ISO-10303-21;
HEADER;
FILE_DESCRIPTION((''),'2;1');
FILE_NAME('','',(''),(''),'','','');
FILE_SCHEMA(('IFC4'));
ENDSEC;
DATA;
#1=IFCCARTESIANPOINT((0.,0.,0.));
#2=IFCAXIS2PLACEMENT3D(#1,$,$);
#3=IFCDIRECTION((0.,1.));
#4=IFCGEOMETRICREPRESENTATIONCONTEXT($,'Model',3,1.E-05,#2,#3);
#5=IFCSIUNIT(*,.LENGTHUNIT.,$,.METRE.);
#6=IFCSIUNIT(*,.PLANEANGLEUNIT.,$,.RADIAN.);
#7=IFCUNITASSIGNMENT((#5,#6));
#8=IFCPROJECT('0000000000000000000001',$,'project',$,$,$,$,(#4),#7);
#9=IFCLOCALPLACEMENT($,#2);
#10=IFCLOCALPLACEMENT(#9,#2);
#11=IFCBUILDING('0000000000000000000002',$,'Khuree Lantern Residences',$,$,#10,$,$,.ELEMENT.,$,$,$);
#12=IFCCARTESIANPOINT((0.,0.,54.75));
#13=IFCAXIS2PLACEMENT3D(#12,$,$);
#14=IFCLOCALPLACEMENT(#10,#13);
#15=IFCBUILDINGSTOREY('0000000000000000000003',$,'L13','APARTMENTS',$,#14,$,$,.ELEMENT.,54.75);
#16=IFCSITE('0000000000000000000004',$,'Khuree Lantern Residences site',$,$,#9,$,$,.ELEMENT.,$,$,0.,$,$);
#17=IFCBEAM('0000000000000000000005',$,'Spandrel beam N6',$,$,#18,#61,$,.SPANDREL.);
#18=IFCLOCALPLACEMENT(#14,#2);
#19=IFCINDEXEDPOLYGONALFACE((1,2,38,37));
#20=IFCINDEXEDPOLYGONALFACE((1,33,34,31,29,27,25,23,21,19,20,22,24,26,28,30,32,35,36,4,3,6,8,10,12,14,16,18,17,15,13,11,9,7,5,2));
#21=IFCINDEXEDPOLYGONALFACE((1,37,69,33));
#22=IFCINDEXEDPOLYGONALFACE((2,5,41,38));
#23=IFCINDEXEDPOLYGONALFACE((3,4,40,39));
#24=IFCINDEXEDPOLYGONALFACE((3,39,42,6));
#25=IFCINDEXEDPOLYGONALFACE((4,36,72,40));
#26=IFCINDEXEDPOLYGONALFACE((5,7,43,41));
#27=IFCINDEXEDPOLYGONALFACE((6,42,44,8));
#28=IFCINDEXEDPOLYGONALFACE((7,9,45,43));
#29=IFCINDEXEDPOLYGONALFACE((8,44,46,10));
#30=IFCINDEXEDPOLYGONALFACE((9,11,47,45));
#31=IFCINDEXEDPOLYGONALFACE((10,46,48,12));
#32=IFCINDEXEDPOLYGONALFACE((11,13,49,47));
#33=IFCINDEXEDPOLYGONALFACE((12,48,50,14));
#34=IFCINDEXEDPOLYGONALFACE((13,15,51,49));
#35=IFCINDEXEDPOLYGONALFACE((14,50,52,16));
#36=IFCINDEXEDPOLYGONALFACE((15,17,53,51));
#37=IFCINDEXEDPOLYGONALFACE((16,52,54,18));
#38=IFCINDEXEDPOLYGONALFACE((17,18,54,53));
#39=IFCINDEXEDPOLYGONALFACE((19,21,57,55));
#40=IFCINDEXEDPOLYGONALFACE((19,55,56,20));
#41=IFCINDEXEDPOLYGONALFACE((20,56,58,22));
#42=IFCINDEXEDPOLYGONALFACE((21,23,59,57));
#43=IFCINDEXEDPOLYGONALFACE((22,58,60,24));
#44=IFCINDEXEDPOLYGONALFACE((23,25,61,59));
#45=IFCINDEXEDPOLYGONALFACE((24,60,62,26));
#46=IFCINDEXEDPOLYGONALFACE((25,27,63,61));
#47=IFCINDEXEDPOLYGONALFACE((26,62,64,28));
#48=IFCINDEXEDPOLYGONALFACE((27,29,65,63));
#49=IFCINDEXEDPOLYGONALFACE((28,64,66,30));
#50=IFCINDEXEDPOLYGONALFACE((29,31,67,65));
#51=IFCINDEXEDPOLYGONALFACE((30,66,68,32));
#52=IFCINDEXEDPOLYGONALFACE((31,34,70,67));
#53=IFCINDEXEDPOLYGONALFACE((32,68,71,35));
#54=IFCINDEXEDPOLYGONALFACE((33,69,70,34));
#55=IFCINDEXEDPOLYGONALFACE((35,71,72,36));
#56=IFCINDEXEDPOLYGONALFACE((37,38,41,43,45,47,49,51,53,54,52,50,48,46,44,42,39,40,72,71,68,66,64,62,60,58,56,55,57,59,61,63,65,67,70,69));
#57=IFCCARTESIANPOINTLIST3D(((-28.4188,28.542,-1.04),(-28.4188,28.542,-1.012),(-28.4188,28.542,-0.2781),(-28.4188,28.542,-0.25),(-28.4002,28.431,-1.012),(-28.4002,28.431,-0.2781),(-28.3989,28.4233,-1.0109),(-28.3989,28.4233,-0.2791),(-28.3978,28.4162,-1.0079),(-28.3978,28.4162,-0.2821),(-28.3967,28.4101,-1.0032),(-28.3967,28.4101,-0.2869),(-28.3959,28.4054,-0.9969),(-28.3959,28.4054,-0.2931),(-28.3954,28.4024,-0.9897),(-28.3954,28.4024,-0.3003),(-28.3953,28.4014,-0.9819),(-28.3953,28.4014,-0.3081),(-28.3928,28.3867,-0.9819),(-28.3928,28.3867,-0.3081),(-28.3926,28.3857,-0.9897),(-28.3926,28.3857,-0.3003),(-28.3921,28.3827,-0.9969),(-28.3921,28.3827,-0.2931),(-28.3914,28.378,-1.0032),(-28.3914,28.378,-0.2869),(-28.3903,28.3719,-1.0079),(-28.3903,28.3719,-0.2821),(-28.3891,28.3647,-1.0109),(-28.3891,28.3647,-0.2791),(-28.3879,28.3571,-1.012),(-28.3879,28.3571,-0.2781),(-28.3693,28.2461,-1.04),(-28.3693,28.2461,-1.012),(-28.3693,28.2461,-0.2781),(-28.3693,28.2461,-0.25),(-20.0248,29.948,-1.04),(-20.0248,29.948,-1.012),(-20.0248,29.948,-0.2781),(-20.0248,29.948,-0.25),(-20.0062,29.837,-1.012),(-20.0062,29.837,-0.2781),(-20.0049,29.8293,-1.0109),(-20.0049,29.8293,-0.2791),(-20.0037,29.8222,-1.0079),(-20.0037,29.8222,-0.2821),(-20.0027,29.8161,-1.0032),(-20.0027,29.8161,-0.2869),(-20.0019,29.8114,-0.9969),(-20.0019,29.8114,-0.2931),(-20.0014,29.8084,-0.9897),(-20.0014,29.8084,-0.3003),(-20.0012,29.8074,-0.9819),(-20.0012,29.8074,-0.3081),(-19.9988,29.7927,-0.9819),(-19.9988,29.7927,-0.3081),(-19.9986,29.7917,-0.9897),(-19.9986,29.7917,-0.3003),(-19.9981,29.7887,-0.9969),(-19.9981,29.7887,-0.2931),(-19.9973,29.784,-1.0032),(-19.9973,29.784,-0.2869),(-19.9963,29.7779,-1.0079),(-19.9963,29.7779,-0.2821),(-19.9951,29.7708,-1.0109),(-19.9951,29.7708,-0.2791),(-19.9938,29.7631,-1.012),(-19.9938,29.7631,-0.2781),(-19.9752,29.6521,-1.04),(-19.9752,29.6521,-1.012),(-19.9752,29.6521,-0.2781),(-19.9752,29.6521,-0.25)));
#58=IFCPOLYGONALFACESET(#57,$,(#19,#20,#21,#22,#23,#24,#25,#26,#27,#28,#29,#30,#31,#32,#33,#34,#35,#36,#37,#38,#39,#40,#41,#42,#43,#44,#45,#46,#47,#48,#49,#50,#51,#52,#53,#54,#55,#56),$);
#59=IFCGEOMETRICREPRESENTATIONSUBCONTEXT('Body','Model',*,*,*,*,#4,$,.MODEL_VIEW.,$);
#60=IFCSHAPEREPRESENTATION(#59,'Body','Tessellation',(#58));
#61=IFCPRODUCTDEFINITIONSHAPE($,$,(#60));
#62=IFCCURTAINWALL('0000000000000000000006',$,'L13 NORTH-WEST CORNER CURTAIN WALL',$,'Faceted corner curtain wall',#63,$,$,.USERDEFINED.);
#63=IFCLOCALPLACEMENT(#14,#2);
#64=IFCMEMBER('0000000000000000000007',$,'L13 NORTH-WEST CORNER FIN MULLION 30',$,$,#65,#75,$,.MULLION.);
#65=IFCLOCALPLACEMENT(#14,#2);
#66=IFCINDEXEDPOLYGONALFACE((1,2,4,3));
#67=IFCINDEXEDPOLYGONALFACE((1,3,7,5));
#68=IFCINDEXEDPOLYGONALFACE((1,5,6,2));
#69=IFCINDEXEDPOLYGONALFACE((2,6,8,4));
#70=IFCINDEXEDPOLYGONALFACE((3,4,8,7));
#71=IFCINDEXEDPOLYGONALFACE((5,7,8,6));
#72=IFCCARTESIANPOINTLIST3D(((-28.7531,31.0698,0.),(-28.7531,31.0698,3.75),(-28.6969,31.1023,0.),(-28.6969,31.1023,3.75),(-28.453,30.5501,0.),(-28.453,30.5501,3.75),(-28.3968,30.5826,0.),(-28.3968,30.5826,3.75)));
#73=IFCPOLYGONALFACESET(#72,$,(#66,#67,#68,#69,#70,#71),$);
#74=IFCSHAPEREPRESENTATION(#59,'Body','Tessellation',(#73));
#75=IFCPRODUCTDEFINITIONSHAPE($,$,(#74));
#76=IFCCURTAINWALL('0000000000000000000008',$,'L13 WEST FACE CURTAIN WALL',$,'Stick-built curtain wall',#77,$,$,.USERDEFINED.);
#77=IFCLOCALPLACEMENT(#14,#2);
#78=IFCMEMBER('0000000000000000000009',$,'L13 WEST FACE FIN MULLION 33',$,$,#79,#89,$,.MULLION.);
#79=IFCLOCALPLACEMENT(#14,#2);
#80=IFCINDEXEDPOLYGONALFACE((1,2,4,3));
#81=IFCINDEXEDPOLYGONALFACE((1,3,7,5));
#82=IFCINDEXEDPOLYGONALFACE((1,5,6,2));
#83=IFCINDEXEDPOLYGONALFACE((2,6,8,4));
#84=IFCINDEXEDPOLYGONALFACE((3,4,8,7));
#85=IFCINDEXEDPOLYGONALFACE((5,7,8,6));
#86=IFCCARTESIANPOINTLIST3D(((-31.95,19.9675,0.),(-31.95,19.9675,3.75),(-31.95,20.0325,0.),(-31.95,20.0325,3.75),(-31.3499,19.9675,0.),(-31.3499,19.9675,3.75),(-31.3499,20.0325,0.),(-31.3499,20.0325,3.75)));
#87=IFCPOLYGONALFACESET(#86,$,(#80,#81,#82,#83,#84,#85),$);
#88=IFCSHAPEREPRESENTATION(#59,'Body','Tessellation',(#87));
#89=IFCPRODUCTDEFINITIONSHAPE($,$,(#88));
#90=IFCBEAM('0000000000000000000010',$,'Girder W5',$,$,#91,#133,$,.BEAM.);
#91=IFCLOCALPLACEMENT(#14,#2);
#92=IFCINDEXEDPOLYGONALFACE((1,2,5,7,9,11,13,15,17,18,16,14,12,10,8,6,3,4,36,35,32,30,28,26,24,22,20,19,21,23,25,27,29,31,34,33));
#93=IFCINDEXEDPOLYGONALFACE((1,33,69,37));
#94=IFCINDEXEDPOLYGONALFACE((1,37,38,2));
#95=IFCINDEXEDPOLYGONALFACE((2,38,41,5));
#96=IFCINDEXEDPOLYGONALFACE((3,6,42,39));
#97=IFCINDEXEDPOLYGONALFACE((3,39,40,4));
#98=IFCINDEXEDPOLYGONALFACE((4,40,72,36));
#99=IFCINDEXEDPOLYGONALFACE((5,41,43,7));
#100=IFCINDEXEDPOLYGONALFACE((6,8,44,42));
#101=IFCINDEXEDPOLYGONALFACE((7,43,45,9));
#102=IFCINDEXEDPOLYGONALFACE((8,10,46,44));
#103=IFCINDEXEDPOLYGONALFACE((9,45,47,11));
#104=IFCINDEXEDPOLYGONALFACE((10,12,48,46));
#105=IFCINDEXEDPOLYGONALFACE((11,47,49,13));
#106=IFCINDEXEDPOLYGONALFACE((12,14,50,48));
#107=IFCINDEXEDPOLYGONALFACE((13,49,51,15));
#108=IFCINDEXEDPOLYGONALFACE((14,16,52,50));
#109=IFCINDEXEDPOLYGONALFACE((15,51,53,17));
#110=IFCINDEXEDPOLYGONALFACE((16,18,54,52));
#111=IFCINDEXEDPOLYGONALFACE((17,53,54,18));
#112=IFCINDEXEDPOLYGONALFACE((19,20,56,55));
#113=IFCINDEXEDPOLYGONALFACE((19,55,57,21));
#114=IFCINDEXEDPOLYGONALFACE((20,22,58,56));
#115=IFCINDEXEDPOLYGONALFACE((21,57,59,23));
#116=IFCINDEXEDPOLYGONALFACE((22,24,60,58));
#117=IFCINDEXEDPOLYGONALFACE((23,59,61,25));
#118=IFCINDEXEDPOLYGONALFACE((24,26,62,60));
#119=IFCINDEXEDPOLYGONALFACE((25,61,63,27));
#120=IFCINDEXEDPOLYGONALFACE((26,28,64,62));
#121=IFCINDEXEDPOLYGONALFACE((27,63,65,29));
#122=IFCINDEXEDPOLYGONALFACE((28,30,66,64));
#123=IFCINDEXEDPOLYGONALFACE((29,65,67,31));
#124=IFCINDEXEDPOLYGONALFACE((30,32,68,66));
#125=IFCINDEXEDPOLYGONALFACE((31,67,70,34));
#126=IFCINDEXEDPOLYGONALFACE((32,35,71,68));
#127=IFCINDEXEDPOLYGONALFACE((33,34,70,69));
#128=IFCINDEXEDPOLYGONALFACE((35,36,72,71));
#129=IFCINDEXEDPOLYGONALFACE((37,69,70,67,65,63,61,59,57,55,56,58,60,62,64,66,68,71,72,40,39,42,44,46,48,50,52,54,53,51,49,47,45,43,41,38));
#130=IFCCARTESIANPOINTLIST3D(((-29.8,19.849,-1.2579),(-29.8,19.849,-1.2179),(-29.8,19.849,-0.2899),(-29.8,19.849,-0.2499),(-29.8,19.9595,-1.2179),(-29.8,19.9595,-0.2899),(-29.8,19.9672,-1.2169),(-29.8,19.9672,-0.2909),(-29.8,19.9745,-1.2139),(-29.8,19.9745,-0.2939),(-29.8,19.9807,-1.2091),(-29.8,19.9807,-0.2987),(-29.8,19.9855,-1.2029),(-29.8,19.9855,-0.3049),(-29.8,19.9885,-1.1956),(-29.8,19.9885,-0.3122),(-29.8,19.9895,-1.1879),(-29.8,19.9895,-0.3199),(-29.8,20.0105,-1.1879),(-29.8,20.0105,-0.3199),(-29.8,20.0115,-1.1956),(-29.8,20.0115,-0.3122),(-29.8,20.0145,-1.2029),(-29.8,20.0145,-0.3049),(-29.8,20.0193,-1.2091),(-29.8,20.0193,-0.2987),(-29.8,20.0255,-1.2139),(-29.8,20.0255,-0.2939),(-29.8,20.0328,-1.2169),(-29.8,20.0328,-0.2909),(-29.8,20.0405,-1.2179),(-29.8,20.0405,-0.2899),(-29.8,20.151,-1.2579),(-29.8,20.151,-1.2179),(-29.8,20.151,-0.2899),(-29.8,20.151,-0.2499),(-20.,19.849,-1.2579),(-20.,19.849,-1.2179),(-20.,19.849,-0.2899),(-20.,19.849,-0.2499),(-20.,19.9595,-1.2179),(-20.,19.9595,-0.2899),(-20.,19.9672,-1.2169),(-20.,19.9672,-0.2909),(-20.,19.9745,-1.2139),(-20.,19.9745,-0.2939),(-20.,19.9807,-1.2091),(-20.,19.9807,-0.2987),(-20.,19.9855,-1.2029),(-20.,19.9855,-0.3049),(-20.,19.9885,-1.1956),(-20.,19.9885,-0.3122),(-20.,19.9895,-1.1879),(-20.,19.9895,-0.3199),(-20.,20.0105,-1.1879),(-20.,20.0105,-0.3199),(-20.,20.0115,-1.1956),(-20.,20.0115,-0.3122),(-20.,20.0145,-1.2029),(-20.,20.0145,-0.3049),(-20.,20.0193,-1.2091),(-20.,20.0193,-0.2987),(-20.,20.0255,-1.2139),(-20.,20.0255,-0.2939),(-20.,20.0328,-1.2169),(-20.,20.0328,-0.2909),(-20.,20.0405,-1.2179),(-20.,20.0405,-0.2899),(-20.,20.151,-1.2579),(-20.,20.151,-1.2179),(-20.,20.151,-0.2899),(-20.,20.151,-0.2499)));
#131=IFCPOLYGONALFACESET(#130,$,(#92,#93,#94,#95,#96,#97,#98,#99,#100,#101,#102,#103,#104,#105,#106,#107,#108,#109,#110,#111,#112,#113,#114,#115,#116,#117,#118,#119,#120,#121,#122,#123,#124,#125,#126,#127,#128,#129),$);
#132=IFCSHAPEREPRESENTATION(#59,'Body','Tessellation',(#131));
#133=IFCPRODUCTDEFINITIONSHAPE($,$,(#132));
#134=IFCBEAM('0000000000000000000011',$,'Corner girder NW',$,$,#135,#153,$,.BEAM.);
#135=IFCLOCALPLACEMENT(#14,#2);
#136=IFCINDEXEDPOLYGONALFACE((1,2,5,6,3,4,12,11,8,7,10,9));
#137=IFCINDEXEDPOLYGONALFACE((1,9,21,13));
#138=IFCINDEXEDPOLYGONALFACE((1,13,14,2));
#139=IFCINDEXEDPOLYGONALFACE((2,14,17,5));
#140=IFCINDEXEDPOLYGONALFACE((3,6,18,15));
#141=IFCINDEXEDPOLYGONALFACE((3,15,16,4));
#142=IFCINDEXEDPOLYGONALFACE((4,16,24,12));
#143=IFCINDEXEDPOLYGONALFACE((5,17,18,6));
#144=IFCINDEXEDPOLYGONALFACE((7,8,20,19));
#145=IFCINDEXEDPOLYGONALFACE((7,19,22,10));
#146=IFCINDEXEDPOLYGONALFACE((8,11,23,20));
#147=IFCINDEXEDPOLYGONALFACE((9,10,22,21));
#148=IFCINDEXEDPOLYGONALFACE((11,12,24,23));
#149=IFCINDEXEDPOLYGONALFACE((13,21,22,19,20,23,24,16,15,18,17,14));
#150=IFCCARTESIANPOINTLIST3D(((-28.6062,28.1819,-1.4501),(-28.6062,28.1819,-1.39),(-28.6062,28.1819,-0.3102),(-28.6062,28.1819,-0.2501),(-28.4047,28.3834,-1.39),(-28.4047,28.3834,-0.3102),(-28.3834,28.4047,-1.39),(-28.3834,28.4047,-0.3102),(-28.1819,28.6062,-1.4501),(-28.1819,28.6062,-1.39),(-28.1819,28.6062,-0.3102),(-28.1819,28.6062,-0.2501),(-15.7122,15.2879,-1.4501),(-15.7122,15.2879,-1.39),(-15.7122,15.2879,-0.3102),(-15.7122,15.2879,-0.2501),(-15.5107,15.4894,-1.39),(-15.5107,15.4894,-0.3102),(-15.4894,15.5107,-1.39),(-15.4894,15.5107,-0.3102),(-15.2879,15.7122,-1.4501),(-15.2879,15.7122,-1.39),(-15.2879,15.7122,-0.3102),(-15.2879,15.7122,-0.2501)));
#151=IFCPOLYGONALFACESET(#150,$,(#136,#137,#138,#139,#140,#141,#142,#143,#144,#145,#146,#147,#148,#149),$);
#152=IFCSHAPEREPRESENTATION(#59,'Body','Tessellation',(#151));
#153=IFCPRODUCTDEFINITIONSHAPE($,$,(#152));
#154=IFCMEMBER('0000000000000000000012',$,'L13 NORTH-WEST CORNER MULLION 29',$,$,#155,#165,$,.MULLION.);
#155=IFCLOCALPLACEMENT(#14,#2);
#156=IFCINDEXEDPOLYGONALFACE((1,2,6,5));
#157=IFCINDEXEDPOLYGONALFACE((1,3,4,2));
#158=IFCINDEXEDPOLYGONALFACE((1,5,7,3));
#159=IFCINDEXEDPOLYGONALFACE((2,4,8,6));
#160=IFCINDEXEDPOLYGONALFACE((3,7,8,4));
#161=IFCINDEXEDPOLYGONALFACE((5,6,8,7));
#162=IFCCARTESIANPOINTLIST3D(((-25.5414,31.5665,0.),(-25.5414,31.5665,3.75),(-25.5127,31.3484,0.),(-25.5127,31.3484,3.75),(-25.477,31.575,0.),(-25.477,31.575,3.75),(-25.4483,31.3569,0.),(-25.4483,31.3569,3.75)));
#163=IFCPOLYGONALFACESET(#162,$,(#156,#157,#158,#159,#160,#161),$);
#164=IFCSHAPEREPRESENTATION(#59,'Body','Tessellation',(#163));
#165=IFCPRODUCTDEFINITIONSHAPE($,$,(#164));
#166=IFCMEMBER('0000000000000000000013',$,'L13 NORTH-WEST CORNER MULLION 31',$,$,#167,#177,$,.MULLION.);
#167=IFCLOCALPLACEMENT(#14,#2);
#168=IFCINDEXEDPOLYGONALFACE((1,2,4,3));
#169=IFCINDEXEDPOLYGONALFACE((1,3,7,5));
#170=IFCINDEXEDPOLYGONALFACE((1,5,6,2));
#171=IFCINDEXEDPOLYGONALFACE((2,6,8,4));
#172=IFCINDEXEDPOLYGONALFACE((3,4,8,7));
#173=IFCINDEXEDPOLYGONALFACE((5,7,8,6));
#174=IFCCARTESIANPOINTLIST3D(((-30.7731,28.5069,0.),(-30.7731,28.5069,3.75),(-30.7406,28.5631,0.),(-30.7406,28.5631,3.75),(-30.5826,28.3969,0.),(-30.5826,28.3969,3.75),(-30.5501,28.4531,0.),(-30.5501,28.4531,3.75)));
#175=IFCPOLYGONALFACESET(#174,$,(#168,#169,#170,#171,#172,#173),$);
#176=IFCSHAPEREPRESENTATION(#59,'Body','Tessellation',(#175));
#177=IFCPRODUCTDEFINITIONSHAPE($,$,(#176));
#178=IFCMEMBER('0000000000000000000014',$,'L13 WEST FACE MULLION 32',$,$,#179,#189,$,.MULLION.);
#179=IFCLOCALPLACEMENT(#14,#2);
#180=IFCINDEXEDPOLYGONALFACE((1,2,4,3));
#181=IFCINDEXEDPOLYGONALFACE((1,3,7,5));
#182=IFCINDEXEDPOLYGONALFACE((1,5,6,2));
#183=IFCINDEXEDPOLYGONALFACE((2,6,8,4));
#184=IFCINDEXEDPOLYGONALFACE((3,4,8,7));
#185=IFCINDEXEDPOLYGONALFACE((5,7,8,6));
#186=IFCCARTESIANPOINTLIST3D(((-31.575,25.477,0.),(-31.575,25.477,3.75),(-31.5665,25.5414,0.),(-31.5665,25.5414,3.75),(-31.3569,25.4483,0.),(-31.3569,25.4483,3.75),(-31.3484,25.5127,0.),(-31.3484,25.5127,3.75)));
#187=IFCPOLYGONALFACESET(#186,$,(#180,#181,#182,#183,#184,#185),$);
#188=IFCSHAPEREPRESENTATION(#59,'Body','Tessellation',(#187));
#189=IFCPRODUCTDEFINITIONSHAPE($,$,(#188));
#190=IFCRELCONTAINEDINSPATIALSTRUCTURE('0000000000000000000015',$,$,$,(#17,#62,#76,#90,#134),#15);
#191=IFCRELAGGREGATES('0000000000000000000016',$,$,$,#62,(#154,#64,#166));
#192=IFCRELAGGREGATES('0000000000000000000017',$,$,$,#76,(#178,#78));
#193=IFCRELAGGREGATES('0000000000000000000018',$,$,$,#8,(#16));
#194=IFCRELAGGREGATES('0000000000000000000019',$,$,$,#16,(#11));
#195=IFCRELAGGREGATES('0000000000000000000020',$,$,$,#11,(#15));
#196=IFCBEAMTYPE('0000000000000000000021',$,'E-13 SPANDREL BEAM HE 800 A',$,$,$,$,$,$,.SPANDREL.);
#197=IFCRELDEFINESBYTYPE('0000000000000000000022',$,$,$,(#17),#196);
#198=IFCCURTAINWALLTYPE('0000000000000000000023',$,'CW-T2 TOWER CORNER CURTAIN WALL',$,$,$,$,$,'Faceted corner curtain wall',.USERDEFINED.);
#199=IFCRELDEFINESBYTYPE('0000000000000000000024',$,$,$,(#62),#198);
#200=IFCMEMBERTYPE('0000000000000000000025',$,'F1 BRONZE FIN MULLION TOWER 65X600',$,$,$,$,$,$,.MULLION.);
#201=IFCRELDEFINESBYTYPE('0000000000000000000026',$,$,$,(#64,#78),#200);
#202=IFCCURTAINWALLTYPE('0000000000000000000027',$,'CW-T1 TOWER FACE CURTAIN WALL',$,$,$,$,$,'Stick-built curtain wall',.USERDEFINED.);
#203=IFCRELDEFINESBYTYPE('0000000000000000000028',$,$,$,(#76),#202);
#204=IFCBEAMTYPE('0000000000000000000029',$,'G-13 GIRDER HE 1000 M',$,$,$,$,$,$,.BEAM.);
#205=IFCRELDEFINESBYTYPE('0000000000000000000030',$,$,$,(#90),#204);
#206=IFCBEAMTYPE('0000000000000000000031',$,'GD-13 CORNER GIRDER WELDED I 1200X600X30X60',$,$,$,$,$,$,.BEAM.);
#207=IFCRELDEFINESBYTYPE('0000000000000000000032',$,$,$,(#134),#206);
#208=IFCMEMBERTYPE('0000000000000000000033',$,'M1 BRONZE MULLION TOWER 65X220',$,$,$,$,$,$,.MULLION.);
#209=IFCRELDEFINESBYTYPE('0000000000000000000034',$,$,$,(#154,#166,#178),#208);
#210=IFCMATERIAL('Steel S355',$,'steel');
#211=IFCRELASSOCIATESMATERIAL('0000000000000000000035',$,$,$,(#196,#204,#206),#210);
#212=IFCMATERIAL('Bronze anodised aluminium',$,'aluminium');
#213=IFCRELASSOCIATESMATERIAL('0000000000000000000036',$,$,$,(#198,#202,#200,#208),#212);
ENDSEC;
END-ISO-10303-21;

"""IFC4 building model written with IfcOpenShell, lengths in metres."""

from ifc_helpers import new_model, si_unit, direction, frame, origin, origin_2d, place, context, subcontext, project, spatial, rectangle, i_section, extrude, material, material_profile, profile_set, type_object, element, aggregate, save


model = new_model("IFC4")

# Units and contexts
model_context = context("Model", 3, precision=1e-05, world=origin(), true_north=direction((0.0, 1.0)))
body_context = subcontext(model_context, "Body", "Model", "MODEL_VIEW")
ifc_project = project(units=[si_unit("LENGTHUNIT", "METRE"), si_unit("PLANEANGLEUNIT", "RADIAN")], contexts=[model_context])

# Site, building, storey
site_placement = place(None, origin())
site = spatial("IfcSite", under=ifc_project, at=site_placement, Name="Khuree Lantern Residences site", CompositionType="ELEMENT", RefElevation=0.0)
building_placement = place(site_placement, origin())
building = spatial("IfcBuilding", under=site, at=building_placement, Name="Khuree Lantern Residences", CompositionType="ELEMENT")
storey_placement = place(building_placement, frame((0.0, 0.0, 54.75)))
storey = spatial("IfcBuildingStorey", under=building, at=storey_placement, Name="L13", Description="APARTMENTS", CompositionType="ELEMENT", Elevation=54.75)

# Beam
ifc_material_1 = material(Name="Steel S355", Category="steel")
ifc_material_profile_1 = material_profile(ifc_material_1, i_section(OverallWidth=0.3, OverallDepth=0.79, WebThickness=0.0149, FlangeThickness=0.0281, FilletRadius=0.03, at=origin_2d()), Name="HE 800 A")
ifc_profile_set_1 = profile_set([ifc_material_profile_1], Name="Steel S355")
beam_type_1 = type_object("IfcBeamType", Name="E-13 SPANDREL BEAM HE 800 A", PredefinedType="SPANDREL", material=ifc_profile_set_1)
for number, where, z_axis, x_axis, name in (
    (1, (-28.394, 28.394, -0.645), (0.98626, 0.165199, 0.0), (-0.165199, 0.98626, 0.0), "Spandrel beam N6"),
):
    element("IfcBeam", number, at=place(storey_placement, frame(where, z_axis=z_axis, x_axis=x_axis)), inside=storey, type_object=beam_type_1, Name=name, PredefinedType="SPANDREL", context=body_context, shape_type="SweptSolid", body=[
        extrude(i_section(OverallWidth=0.3, OverallDepth=0.79, WebThickness=0.0149, FlangeThickness=0.0281, FilletRadius=0.03, at=origin_2d()), origin(), (0.0, 0.0, 1.0), 8.511),
    ])

# Curtain walls, members
ifc_material_2 = material(Name="Bronze anodised aluminium", Category="aluminium")
curtain_wall_type_1 = type_object("IfcCurtainWallType", Name="CW-T2 TOWER CORNER CURTAIN WALL", ElementType="Faceted corner curtain wall", PredefinedType="USERDEFINED", material=ifc_material_2)
curtain_wall_1_placement = place(storey_placement, origin())
curtain_wall_1 = element("IfcCurtainWall", 2, at=curtain_wall_1_placement, inside=storey, type_object=curtain_wall_type_1, Name="L13 NORTH-WEST CORNER CURTAIN WALL", ObjectType="Faceted corner curtain wall", PredefinedType="USERDEFINED")
ifc_material_profile_2 = material_profile(ifc_material_2, rectangle(XDim=0.0649, YDim=0.6001, at=origin_2d()), Name="F1 65X600")
ifc_profile_set_2 = profile_set([ifc_material_profile_2], Name="Bronze anodised aluminium")
member_type_1 = type_object("IfcMemberType", Name="F1 BRONZE FIN MULLION TOWER 65X600", PredefinedType="MULLION", material=ifc_profile_set_2)
member_1_placement = place(storey_placement, frame((-28.575, 30.8262, 0.0), z_axis=(0.0, 0.0, 1.0), x_axis=(-0.866025, -0.5, 0.0)))
member_1 = element("IfcMember", 3, at=member_1_placement, type_object=member_type_1, Name="L13 NORTH-WEST CORNER FIN MULLION 30", PredefinedType="MULLION", context=body_context, shape_type="SweptSolid", body=[
    extrude(rectangle(XDim=0.0649, YDim=0.6001, at=origin_2d()), origin(), (0.0, 0.0, 1.0), 3.75),
])
curtain_wall_type_2 = type_object("IfcCurtainWallType", Name="CW-T1 TOWER FACE CURTAIN WALL", ElementType="Stick-built curtain wall", PredefinedType="USERDEFINED", material=ifc_material_2)
curtain_wall_2_placement = place(storey_placement, origin())
curtain_wall_2 = element("IfcCurtainWall", 4, at=curtain_wall_2_placement, inside=storey, type_object=curtain_wall_type_2, Name="L13 WEST FACE CURTAIN WALL", ObjectType="Stick-built curtain wall", PredefinedType="USERDEFINED")
member_2_placement = place(storey_placement, frame((-31.6499, 20.0, 0.0), z_axis=(0.0, 0.0, 1.0), x_axis=(0.0, -1.0, 0.0)))
member_2 = element("IfcMember", 5, at=member_2_placement, type_object=member_type_1, Name="L13 WEST FACE FIN MULLION 33", PredefinedType="MULLION", context=body_context, shape_type="SweptSolid", body=[
    extrude(rectangle(XDim=0.0649, YDim=0.6001, at=origin_2d()), origin(), (0.0, 0.0, 1.0), 3.75),
])

# Beams
ifc_material_profile_3 = material_profile(ifc_material_1, i_section(OverallWidth=0.302, OverallDepth=1.0081, WebThickness=0.021, FlangeThickness=0.04, FilletRadius=0.03, at=origin_2d()), Name="HE 1000 M")
ifc_profile_set_3 = profile_set([ifc_material_profile_3], Name="Steel S355")
beam_type_2 = type_object("IfcBeamType", Name="G-13 GIRDER HE 1000 M", PredefinedType="BEAM", material=ifc_profile_set_3)
beam_1_placement = place(storey_placement, frame((-29.8, 20.0, -0.7539), z_axis=(1.0, 0.0, 0.0), x_axis=(0.0, 1.0, 0.0)))
element("IfcBeam", 6, at=beam_1_placement, inside=storey, type_object=beam_type_2, Name="Girder W5", PredefinedType="BEAM", context=body_context, shape_type="SweptSolid", body=[
    extrude(i_section(OverallWidth=0.302, OverallDepth=1.0081, WebThickness=0.021, FlangeThickness=0.04, FilletRadius=0.03, at=origin_2d()), origin(), (0.0, 0.0, 1.0), 9.8),
])
ifc_material_profile_4 = material_profile(ifc_material_1, i_section(OverallWidth=0.6001, OverallDepth=1.2, WebThickness=0.03, FlangeThickness=0.0601, at=origin_2d()), Name="WELDED I 1200X600X30X60")
ifc_profile_set_4 = profile_set([ifc_material_profile_4], Name="Steel S355")
beam_type_3 = type_object("IfcBeamType", Name="GD-13 CORNER GIRDER WELDED I 1200X600X30X60", PredefinedType="BEAM", material=ifc_profile_set_4)
beam_2_placement = place(storey_placement, frame((-28.394, 28.394, -0.8501), z_axis=(0.707107, -0.707107, 0.0), x_axis=(0.707107, 0.707107, 0.0)))
element("IfcBeam", 7, at=beam_2_placement, inside=storey, type_object=beam_type_3, Name="Corner girder NW", PredefinedType="BEAM", context=body_context, shape_type="SweptSolid", body=[
    extrude(i_section(OverallWidth=0.6001, OverallDepth=1.2, WebThickness=0.03, FlangeThickness=0.0601, at=origin_2d()), origin(), (0.0, 0.0, 1.0), 18.2349),
])

# Members
ifc_material_profile_5 = material_profile(ifc_material_2, rectangle(XDim=0.0649, YDim=0.22, at=origin_2d()), Name="M1 65X220")
ifc_profile_set_5 = profile_set([ifc_material_profile_5], Name="Bronze anodised aluminium")
member_type_2 = type_object("IfcMemberType", Name="M1 BRONZE MULLION TOWER 65X220", PredefinedType="MULLION", material=ifc_profile_set_5)
member_3_placement = place(storey_placement, frame((-25.4949, 31.4617, 0.0), z_axis=(0.0, 0.0, 1.0), x_axis=(-0.991445, -0.130526, 0.0)))
member_3 = element("IfcMember", 8, at=member_3_placement, type_object=member_type_2, Name="L13 NORTH-WEST CORNER MULLION 29", PredefinedType="MULLION", context=body_context, shape_type="SweptSolid", body=[
    extrude(rectangle(XDim=0.0649, YDim=0.22, at=origin_2d()), origin(), (0.0, 0.0, 1.0), 3.75),
])
member_4_placement = place(storey_placement, frame((-30.6616, 28.48, 0.0), z_axis=(0.0, 0.0, 1.0), x_axis=(-0.5, -0.866025, 0.0)))
member_4 = element("IfcMember", 9, at=member_4_placement, type_object=member_type_2, Name="L13 NORTH-WEST CORNER MULLION 31", PredefinedType="MULLION", context=body_context, shape_type="SweptSolid", body=[
    extrude(rectangle(XDim=0.0649, YDim=0.22, at=origin_2d()), origin(), (0.0, 0.0, 1.0), 3.75),
])
member_5_placement = place(storey_placement, frame((-31.4617, 25.4949, 0.0), z_axis=(0.0, 0.0, 1.0), x_axis=(-0.130526, -0.991445, 0.0)))
member_5 = element("IfcMember", 10, at=member_5_placement, type_object=member_type_2, Name="L13 WEST FACE MULLION 32", PredefinedType="MULLION", context=body_context, shape_type="SweptSolid", body=[
    extrude(rectangle(XDim=0.0649, YDim=0.22, at=origin_2d()), origin(), (0.0, 0.0, 1.0), 3.75),
])

aggregate(curtain_wall_1, [member_3, member_1, member_4])

aggregate(curtain_wall_2, [member_5, member_2])

save(model, "model.ifc")
